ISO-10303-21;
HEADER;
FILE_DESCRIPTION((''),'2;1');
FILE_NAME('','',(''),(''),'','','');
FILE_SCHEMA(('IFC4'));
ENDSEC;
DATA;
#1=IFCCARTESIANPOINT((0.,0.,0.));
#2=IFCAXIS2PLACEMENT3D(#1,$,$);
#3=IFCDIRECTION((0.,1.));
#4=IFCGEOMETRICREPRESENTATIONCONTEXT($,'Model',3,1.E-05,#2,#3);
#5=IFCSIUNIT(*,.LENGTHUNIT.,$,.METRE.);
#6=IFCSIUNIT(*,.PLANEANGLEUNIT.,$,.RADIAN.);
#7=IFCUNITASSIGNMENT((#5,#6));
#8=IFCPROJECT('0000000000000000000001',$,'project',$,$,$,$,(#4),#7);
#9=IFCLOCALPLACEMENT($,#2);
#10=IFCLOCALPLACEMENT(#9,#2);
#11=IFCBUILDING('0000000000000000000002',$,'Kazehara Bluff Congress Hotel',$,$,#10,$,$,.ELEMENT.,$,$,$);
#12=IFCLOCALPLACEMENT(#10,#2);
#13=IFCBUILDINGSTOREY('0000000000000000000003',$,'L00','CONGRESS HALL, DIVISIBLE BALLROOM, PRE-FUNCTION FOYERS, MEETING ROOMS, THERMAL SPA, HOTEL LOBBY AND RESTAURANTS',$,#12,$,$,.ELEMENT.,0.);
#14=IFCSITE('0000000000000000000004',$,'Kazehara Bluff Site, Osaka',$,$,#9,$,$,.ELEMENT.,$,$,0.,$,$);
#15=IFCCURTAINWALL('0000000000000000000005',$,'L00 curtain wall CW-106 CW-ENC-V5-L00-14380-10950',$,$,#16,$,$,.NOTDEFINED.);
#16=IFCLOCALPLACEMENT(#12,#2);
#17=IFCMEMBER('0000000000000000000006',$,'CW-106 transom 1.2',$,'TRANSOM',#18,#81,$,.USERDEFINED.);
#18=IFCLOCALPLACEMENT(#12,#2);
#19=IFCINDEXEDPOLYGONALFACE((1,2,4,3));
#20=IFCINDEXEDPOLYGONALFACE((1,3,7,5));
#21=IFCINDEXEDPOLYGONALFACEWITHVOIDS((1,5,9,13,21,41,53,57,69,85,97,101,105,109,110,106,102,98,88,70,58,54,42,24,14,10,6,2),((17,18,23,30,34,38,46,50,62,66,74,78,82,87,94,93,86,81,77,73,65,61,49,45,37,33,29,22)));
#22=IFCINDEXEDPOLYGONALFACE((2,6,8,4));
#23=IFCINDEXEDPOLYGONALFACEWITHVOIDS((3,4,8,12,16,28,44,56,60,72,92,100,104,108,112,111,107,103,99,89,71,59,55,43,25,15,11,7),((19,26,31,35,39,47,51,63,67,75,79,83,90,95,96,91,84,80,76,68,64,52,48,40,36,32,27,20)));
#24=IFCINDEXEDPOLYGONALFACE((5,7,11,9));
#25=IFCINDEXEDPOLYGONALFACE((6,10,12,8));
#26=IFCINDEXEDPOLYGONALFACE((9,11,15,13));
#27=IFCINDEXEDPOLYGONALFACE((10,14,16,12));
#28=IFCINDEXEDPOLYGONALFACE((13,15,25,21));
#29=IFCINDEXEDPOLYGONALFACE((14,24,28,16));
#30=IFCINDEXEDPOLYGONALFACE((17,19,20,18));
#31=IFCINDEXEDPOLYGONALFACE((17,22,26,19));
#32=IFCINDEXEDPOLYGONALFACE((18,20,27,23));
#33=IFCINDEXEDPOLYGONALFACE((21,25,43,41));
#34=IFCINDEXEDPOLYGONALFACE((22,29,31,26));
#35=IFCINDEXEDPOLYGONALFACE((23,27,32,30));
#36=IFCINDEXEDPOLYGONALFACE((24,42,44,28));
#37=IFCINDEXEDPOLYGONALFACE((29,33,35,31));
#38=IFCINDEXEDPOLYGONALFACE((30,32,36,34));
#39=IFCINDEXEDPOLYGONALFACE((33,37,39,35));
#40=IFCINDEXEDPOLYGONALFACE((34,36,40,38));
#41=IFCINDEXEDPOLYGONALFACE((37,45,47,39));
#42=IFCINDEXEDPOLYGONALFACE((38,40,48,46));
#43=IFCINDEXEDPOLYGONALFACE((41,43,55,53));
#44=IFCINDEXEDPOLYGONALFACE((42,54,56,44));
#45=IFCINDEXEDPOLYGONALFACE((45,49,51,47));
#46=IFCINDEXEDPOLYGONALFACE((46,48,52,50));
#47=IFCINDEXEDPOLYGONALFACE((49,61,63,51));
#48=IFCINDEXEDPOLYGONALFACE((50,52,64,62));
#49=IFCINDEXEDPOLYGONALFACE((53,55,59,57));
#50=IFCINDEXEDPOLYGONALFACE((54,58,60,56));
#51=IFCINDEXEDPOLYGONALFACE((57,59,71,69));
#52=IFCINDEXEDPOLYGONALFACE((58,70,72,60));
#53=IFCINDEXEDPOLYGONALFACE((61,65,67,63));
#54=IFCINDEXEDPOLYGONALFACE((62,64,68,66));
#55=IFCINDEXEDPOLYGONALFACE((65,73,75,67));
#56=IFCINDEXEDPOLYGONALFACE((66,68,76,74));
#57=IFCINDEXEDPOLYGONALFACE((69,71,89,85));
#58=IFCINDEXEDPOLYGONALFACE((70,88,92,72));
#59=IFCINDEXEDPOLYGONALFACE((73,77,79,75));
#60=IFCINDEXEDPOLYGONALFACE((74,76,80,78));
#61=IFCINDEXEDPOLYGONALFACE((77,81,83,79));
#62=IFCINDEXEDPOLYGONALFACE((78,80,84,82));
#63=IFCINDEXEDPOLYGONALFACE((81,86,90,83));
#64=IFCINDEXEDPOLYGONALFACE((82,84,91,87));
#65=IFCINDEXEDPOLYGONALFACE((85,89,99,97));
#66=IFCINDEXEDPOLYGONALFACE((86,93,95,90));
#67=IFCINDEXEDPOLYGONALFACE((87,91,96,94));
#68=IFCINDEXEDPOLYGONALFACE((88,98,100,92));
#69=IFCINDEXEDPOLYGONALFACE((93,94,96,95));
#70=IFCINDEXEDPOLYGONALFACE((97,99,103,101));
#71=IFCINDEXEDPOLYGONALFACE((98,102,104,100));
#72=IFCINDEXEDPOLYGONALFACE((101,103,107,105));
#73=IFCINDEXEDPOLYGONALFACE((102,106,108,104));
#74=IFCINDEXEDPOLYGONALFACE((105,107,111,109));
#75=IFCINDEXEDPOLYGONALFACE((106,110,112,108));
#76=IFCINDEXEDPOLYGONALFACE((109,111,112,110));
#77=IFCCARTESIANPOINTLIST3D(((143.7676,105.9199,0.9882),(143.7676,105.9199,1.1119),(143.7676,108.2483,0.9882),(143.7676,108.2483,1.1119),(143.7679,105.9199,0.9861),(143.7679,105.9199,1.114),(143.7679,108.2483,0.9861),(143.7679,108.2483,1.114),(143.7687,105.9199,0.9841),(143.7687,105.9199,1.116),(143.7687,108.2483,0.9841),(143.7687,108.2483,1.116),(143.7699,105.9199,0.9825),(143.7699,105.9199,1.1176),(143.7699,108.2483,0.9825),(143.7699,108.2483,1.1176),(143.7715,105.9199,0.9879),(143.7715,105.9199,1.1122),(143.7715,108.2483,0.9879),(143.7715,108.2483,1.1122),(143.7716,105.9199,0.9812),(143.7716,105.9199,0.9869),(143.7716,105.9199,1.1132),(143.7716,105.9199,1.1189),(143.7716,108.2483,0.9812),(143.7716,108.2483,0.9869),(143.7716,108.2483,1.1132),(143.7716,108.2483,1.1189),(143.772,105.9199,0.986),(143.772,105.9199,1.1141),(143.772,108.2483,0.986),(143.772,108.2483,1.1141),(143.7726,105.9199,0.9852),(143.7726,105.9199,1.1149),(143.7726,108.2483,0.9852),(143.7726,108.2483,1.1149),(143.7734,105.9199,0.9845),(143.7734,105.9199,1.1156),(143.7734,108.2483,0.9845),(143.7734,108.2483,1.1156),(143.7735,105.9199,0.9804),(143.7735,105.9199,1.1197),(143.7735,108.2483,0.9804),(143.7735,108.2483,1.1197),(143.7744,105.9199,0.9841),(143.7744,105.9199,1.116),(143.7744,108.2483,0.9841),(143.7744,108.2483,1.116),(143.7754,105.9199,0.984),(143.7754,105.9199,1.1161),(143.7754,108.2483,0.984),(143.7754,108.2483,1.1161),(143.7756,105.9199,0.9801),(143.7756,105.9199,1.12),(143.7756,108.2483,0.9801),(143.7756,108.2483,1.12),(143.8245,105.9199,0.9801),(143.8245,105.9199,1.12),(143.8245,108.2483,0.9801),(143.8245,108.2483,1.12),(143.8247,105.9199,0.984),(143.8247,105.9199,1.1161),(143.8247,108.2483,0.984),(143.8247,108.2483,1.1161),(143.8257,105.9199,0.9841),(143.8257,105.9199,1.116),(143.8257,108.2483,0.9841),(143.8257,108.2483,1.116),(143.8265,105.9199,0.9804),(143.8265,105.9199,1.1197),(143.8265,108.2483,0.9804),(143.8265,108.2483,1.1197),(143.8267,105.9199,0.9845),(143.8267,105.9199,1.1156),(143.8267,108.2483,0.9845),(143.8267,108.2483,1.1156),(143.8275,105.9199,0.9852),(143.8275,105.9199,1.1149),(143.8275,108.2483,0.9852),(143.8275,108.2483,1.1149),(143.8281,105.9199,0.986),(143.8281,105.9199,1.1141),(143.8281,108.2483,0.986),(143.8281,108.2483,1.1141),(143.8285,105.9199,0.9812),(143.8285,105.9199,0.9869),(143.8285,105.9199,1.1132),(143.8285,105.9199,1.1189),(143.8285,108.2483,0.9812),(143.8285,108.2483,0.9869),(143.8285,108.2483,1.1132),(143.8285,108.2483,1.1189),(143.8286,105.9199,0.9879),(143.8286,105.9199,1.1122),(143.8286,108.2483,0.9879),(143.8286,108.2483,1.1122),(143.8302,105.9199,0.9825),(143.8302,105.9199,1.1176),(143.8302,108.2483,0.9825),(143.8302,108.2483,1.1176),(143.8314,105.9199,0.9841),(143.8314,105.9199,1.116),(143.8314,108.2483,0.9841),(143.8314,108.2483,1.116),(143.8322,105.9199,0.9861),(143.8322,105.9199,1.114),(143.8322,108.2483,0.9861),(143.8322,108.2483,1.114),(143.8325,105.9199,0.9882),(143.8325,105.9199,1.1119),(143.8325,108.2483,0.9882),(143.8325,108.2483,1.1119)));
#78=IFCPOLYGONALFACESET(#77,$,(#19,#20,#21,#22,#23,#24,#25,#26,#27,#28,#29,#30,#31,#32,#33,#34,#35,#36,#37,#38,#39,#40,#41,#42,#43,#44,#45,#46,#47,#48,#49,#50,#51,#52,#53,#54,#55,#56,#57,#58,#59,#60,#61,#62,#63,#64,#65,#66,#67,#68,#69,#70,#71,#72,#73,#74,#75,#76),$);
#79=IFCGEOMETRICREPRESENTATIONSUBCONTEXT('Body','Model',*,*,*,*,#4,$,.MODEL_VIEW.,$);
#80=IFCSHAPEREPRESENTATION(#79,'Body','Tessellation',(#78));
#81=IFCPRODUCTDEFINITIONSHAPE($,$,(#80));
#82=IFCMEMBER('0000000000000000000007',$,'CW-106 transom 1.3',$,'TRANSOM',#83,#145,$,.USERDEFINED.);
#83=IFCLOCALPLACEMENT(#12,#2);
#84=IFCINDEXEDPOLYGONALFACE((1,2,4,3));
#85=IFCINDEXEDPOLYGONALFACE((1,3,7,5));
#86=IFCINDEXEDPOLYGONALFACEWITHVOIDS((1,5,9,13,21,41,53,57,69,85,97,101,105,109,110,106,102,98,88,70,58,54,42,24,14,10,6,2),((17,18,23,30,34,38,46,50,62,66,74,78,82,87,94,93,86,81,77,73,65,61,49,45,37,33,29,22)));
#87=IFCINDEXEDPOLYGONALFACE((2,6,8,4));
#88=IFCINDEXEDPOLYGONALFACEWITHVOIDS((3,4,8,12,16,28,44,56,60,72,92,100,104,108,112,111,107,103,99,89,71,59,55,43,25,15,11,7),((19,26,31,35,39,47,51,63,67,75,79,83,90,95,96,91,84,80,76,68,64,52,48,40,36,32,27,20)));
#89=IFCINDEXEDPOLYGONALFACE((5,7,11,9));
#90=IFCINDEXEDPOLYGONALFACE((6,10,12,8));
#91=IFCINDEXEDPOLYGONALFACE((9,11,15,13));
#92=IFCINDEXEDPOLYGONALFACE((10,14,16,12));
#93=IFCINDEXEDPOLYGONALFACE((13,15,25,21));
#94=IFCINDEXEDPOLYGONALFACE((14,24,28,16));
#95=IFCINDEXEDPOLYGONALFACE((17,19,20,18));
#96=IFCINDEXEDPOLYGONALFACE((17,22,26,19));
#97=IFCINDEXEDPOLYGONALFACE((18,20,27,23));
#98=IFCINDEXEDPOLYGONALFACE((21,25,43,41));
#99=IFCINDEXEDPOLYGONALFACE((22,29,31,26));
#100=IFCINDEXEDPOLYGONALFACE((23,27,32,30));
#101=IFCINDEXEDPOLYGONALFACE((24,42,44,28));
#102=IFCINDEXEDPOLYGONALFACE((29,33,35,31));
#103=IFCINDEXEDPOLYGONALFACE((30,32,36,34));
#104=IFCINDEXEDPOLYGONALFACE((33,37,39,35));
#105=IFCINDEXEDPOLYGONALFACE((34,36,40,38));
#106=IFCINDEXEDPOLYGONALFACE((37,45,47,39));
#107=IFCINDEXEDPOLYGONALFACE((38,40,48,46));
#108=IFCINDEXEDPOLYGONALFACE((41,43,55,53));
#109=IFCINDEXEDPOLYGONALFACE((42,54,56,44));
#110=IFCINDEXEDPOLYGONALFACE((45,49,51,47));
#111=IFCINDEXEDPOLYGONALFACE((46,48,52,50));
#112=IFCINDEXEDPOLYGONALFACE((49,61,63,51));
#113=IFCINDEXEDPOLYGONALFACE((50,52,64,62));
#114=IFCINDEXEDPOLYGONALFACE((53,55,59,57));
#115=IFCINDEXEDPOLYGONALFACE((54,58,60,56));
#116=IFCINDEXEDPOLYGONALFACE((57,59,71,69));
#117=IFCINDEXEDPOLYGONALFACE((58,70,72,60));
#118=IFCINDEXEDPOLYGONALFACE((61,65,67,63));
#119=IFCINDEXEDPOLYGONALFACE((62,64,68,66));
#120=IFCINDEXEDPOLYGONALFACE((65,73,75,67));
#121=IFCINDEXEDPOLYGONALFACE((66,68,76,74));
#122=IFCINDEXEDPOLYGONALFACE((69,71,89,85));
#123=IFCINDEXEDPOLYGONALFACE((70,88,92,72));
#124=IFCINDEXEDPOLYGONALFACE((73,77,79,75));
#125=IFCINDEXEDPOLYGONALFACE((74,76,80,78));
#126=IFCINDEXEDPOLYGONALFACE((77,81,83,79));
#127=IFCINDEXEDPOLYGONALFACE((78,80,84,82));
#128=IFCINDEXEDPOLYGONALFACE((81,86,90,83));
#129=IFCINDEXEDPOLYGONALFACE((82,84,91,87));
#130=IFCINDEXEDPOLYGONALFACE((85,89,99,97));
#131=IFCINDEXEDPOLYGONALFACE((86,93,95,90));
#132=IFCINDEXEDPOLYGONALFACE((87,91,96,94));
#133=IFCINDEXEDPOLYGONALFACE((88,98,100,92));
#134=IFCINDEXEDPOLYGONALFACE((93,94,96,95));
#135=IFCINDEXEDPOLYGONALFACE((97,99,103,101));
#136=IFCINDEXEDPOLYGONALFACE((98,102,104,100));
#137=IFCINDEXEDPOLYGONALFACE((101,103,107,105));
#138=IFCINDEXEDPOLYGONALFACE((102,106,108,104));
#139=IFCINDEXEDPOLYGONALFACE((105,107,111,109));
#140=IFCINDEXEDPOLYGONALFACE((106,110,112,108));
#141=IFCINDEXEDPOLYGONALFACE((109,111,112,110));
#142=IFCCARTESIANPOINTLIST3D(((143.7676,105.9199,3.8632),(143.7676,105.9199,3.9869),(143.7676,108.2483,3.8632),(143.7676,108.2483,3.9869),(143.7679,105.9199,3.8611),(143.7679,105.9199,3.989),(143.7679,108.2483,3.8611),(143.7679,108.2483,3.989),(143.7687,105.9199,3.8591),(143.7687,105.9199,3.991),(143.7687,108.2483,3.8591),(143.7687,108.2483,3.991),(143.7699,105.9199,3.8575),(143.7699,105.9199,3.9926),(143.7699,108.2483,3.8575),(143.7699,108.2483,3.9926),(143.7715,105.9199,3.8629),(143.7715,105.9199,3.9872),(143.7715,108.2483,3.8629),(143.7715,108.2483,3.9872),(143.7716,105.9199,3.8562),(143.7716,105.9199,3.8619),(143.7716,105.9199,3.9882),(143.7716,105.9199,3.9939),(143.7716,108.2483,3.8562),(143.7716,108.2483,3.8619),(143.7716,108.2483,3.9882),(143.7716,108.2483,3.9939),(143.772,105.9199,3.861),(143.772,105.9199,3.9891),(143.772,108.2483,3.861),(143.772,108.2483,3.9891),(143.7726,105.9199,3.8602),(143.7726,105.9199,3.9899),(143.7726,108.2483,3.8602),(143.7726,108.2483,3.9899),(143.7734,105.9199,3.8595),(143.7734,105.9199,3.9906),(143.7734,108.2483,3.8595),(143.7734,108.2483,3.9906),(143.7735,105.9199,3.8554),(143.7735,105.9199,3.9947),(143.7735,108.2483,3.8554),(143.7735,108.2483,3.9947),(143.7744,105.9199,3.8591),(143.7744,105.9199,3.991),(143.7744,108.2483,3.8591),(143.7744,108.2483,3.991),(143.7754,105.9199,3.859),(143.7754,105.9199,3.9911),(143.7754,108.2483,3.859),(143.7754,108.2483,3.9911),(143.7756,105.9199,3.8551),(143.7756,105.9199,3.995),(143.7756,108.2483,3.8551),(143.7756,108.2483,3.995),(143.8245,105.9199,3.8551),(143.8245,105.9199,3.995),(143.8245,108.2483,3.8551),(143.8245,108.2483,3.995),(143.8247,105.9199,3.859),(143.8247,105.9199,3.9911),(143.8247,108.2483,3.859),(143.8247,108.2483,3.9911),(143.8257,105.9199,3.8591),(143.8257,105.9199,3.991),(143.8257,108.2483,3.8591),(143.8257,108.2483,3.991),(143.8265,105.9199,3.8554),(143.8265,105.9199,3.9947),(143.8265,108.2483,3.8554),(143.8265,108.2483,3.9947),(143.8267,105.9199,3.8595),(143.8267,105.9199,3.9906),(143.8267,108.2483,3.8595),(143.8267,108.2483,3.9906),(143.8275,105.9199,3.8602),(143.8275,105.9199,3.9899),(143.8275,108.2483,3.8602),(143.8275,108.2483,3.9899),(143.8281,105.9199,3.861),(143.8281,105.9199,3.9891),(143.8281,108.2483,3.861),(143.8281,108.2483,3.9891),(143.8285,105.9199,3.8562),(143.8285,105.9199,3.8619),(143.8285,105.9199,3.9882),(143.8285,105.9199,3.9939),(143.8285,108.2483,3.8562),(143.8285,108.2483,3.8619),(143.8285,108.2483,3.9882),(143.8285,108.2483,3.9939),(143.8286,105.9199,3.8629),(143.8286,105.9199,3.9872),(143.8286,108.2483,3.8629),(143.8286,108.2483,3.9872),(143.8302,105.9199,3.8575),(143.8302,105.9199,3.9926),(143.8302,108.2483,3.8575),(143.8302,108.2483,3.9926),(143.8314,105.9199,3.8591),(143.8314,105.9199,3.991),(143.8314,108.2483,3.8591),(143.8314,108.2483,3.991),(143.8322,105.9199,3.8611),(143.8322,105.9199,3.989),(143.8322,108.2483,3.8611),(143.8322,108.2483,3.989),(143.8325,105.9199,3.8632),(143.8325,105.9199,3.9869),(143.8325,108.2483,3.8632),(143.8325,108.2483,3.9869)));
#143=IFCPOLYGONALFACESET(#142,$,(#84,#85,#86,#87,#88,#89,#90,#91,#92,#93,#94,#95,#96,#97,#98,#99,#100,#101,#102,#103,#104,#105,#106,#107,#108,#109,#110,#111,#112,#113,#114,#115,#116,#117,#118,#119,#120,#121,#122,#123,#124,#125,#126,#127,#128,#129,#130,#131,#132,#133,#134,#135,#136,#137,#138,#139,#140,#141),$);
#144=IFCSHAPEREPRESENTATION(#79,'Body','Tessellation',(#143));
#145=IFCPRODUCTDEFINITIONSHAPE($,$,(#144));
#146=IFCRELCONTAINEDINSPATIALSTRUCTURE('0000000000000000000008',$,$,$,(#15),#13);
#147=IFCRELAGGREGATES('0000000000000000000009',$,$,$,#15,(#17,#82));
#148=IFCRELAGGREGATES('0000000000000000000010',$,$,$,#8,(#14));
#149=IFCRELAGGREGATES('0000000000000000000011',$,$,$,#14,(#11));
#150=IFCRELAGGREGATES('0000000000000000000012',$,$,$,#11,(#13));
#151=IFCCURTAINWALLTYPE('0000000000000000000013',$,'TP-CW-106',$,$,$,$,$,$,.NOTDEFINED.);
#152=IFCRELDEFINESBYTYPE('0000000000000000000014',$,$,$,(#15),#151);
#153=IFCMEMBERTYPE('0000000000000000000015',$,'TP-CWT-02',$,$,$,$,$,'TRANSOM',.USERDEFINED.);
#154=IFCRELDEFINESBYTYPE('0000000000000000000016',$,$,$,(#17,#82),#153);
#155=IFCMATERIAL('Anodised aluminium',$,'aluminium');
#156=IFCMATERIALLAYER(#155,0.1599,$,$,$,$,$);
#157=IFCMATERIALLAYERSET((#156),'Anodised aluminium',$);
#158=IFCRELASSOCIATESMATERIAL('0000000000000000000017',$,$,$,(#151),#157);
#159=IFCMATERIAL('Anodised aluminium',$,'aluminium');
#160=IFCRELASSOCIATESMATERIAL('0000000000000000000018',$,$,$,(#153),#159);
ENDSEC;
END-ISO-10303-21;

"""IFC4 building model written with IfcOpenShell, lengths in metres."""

from ifc_helpers import new_model, si_unit, direction, frame, origin, origin_2d, place, context, subcontext, project, spatial, hollow_rectangle, extrude, material, layer, layer_set, material_profile, profile_set, type_object, element, aggregate, save


model = new_model("IFC4")

# Units and contexts
model_context = context("Model", 3, precision=1e-05, world=origin(), true_north=direction((0.0, 1.0)))
body_context = subcontext(model_context, "Body", "Model", "MODEL_VIEW")
ifc_project = project(units=[si_unit("LENGTHUNIT", "METRE"), si_unit("PLANEANGLEUNIT", "RADIAN")], contexts=[model_context])

# Site, building, storey
site_placement = place(None, origin())
site = spatial("IfcSite", under=ifc_project, at=site_placement, Name="Kazehara Bluff Site, Osaka", CompositionType="ELEMENT", RefElevation=0.0)
building_placement = place(site_placement, origin())
building = spatial("IfcBuilding", under=site, at=building_placement, Name="Kazehara Bluff Congress Hotel", CompositionType="ELEMENT")
storey_placement = place(building_placement, origin())
storey = spatial("IfcBuildingStorey", under=building, at=storey_placement, Name="L00", Description="CONGRESS HALL, DIVISIBLE BALLROOM, PRE-FUNCTION FOYERS, MEETING ROOMS, THERMAL SPA, HOTEL LOBBY AND RESTAURANTS", CompositionType="ELEMENT", Elevation=0.0)

# Curtain wall
ifc_material_1 = material(Name="Anodised aluminium", Category="aluminium")
ifc_layer_1 = layer(ifc_material_1, 0.1599)
ifc_layer_set_1 = layer_set([ifc_layer_1], Name="Anodised aluminium")
curtain_wall_type_1 = type_object("IfcCurtainWallType", Name="TP-CW-106", PredefinedType="NOTDEFINED", material=ifc_layer_set_1)
curtain_wall_1_placement = place(storey_placement, origin())
curtain_wall_1 = element("IfcCurtainWall", 1, at=curtain_wall_1_placement, inside=storey, type_object=curtain_wall_type_1, Name="L00 curtain wall CW-106 CW-ENC-V5-L00-14380-10950", PredefinedType="NOTDEFINED")

# Members
ifc_material_2 = material(Name="Anodised aluminium", Category="aluminium")
ifc_material_profile_1 = material_profile(ifc_material_2, hollow_rectangle(XDim=0.0649, YDim=0.1399, WallThickness=0.0039, InnerFilletRadius=0.0039, OuterFilletRadius=0.0081, at=origin_2d()))
ifc_profile_set_1 = profile_set([ifc_material_profile_1], Name="Anodised aluminium")
member_type_1 = type_object("IfcMemberType", Name="TP-CWT-02", ElementType="TRANSOM", PredefinedType="USERDEFINED", material=ifc_profile_set_1)
member_1_placement = place(storey_placement, frame((143.8, 105.9199, 1.05), z_axis=(0.0, 1.0, 0.0), x_axis=(-1.0, 0.0, 0.0)))
member_1 = element("IfcMember", 2, at=member_1_placement, type_object=member_type_1, Name="CW-106 transom 1.2", ObjectType="TRANSOM", PredefinedType="USERDEFINED", context=body_context, shape_type="SweptSolid", body=[
    extrude(hollow_rectangle(XDim=0.0649, YDim=0.1399, WallThickness=0.0039, InnerFilletRadius=0.0039, OuterFilletRadius=0.0081, at=origin_2d()), origin(), (0.0, 0.0, 1.0), 2.3284),
])
member_2_placement = place(storey_placement, frame((143.8, 105.9199, 3.925), z_axis=(0.0, 1.0, 0.0), x_axis=(-1.0, 0.0, 0.0)))
member_2 = element("IfcMember", 3, at=member_2_placement, type_object=member_type_1, Name="CW-106 transom 1.3", ObjectType="TRANSOM", PredefinedType="USERDEFINED", context=body_context, shape_type="SweptSolid", body=[
    extrude(hollow_rectangle(XDim=0.0649, YDim=0.1399, WallThickness=0.0039, InnerFilletRadius=0.0039, OuterFilletRadius=0.0081, at=origin_2d()), origin(), (0.0, 0.0, 1.0), 2.3284),
])

aggregate(curtain_wall_1, [member_1, member_2])

save(model, "model.ifc")
